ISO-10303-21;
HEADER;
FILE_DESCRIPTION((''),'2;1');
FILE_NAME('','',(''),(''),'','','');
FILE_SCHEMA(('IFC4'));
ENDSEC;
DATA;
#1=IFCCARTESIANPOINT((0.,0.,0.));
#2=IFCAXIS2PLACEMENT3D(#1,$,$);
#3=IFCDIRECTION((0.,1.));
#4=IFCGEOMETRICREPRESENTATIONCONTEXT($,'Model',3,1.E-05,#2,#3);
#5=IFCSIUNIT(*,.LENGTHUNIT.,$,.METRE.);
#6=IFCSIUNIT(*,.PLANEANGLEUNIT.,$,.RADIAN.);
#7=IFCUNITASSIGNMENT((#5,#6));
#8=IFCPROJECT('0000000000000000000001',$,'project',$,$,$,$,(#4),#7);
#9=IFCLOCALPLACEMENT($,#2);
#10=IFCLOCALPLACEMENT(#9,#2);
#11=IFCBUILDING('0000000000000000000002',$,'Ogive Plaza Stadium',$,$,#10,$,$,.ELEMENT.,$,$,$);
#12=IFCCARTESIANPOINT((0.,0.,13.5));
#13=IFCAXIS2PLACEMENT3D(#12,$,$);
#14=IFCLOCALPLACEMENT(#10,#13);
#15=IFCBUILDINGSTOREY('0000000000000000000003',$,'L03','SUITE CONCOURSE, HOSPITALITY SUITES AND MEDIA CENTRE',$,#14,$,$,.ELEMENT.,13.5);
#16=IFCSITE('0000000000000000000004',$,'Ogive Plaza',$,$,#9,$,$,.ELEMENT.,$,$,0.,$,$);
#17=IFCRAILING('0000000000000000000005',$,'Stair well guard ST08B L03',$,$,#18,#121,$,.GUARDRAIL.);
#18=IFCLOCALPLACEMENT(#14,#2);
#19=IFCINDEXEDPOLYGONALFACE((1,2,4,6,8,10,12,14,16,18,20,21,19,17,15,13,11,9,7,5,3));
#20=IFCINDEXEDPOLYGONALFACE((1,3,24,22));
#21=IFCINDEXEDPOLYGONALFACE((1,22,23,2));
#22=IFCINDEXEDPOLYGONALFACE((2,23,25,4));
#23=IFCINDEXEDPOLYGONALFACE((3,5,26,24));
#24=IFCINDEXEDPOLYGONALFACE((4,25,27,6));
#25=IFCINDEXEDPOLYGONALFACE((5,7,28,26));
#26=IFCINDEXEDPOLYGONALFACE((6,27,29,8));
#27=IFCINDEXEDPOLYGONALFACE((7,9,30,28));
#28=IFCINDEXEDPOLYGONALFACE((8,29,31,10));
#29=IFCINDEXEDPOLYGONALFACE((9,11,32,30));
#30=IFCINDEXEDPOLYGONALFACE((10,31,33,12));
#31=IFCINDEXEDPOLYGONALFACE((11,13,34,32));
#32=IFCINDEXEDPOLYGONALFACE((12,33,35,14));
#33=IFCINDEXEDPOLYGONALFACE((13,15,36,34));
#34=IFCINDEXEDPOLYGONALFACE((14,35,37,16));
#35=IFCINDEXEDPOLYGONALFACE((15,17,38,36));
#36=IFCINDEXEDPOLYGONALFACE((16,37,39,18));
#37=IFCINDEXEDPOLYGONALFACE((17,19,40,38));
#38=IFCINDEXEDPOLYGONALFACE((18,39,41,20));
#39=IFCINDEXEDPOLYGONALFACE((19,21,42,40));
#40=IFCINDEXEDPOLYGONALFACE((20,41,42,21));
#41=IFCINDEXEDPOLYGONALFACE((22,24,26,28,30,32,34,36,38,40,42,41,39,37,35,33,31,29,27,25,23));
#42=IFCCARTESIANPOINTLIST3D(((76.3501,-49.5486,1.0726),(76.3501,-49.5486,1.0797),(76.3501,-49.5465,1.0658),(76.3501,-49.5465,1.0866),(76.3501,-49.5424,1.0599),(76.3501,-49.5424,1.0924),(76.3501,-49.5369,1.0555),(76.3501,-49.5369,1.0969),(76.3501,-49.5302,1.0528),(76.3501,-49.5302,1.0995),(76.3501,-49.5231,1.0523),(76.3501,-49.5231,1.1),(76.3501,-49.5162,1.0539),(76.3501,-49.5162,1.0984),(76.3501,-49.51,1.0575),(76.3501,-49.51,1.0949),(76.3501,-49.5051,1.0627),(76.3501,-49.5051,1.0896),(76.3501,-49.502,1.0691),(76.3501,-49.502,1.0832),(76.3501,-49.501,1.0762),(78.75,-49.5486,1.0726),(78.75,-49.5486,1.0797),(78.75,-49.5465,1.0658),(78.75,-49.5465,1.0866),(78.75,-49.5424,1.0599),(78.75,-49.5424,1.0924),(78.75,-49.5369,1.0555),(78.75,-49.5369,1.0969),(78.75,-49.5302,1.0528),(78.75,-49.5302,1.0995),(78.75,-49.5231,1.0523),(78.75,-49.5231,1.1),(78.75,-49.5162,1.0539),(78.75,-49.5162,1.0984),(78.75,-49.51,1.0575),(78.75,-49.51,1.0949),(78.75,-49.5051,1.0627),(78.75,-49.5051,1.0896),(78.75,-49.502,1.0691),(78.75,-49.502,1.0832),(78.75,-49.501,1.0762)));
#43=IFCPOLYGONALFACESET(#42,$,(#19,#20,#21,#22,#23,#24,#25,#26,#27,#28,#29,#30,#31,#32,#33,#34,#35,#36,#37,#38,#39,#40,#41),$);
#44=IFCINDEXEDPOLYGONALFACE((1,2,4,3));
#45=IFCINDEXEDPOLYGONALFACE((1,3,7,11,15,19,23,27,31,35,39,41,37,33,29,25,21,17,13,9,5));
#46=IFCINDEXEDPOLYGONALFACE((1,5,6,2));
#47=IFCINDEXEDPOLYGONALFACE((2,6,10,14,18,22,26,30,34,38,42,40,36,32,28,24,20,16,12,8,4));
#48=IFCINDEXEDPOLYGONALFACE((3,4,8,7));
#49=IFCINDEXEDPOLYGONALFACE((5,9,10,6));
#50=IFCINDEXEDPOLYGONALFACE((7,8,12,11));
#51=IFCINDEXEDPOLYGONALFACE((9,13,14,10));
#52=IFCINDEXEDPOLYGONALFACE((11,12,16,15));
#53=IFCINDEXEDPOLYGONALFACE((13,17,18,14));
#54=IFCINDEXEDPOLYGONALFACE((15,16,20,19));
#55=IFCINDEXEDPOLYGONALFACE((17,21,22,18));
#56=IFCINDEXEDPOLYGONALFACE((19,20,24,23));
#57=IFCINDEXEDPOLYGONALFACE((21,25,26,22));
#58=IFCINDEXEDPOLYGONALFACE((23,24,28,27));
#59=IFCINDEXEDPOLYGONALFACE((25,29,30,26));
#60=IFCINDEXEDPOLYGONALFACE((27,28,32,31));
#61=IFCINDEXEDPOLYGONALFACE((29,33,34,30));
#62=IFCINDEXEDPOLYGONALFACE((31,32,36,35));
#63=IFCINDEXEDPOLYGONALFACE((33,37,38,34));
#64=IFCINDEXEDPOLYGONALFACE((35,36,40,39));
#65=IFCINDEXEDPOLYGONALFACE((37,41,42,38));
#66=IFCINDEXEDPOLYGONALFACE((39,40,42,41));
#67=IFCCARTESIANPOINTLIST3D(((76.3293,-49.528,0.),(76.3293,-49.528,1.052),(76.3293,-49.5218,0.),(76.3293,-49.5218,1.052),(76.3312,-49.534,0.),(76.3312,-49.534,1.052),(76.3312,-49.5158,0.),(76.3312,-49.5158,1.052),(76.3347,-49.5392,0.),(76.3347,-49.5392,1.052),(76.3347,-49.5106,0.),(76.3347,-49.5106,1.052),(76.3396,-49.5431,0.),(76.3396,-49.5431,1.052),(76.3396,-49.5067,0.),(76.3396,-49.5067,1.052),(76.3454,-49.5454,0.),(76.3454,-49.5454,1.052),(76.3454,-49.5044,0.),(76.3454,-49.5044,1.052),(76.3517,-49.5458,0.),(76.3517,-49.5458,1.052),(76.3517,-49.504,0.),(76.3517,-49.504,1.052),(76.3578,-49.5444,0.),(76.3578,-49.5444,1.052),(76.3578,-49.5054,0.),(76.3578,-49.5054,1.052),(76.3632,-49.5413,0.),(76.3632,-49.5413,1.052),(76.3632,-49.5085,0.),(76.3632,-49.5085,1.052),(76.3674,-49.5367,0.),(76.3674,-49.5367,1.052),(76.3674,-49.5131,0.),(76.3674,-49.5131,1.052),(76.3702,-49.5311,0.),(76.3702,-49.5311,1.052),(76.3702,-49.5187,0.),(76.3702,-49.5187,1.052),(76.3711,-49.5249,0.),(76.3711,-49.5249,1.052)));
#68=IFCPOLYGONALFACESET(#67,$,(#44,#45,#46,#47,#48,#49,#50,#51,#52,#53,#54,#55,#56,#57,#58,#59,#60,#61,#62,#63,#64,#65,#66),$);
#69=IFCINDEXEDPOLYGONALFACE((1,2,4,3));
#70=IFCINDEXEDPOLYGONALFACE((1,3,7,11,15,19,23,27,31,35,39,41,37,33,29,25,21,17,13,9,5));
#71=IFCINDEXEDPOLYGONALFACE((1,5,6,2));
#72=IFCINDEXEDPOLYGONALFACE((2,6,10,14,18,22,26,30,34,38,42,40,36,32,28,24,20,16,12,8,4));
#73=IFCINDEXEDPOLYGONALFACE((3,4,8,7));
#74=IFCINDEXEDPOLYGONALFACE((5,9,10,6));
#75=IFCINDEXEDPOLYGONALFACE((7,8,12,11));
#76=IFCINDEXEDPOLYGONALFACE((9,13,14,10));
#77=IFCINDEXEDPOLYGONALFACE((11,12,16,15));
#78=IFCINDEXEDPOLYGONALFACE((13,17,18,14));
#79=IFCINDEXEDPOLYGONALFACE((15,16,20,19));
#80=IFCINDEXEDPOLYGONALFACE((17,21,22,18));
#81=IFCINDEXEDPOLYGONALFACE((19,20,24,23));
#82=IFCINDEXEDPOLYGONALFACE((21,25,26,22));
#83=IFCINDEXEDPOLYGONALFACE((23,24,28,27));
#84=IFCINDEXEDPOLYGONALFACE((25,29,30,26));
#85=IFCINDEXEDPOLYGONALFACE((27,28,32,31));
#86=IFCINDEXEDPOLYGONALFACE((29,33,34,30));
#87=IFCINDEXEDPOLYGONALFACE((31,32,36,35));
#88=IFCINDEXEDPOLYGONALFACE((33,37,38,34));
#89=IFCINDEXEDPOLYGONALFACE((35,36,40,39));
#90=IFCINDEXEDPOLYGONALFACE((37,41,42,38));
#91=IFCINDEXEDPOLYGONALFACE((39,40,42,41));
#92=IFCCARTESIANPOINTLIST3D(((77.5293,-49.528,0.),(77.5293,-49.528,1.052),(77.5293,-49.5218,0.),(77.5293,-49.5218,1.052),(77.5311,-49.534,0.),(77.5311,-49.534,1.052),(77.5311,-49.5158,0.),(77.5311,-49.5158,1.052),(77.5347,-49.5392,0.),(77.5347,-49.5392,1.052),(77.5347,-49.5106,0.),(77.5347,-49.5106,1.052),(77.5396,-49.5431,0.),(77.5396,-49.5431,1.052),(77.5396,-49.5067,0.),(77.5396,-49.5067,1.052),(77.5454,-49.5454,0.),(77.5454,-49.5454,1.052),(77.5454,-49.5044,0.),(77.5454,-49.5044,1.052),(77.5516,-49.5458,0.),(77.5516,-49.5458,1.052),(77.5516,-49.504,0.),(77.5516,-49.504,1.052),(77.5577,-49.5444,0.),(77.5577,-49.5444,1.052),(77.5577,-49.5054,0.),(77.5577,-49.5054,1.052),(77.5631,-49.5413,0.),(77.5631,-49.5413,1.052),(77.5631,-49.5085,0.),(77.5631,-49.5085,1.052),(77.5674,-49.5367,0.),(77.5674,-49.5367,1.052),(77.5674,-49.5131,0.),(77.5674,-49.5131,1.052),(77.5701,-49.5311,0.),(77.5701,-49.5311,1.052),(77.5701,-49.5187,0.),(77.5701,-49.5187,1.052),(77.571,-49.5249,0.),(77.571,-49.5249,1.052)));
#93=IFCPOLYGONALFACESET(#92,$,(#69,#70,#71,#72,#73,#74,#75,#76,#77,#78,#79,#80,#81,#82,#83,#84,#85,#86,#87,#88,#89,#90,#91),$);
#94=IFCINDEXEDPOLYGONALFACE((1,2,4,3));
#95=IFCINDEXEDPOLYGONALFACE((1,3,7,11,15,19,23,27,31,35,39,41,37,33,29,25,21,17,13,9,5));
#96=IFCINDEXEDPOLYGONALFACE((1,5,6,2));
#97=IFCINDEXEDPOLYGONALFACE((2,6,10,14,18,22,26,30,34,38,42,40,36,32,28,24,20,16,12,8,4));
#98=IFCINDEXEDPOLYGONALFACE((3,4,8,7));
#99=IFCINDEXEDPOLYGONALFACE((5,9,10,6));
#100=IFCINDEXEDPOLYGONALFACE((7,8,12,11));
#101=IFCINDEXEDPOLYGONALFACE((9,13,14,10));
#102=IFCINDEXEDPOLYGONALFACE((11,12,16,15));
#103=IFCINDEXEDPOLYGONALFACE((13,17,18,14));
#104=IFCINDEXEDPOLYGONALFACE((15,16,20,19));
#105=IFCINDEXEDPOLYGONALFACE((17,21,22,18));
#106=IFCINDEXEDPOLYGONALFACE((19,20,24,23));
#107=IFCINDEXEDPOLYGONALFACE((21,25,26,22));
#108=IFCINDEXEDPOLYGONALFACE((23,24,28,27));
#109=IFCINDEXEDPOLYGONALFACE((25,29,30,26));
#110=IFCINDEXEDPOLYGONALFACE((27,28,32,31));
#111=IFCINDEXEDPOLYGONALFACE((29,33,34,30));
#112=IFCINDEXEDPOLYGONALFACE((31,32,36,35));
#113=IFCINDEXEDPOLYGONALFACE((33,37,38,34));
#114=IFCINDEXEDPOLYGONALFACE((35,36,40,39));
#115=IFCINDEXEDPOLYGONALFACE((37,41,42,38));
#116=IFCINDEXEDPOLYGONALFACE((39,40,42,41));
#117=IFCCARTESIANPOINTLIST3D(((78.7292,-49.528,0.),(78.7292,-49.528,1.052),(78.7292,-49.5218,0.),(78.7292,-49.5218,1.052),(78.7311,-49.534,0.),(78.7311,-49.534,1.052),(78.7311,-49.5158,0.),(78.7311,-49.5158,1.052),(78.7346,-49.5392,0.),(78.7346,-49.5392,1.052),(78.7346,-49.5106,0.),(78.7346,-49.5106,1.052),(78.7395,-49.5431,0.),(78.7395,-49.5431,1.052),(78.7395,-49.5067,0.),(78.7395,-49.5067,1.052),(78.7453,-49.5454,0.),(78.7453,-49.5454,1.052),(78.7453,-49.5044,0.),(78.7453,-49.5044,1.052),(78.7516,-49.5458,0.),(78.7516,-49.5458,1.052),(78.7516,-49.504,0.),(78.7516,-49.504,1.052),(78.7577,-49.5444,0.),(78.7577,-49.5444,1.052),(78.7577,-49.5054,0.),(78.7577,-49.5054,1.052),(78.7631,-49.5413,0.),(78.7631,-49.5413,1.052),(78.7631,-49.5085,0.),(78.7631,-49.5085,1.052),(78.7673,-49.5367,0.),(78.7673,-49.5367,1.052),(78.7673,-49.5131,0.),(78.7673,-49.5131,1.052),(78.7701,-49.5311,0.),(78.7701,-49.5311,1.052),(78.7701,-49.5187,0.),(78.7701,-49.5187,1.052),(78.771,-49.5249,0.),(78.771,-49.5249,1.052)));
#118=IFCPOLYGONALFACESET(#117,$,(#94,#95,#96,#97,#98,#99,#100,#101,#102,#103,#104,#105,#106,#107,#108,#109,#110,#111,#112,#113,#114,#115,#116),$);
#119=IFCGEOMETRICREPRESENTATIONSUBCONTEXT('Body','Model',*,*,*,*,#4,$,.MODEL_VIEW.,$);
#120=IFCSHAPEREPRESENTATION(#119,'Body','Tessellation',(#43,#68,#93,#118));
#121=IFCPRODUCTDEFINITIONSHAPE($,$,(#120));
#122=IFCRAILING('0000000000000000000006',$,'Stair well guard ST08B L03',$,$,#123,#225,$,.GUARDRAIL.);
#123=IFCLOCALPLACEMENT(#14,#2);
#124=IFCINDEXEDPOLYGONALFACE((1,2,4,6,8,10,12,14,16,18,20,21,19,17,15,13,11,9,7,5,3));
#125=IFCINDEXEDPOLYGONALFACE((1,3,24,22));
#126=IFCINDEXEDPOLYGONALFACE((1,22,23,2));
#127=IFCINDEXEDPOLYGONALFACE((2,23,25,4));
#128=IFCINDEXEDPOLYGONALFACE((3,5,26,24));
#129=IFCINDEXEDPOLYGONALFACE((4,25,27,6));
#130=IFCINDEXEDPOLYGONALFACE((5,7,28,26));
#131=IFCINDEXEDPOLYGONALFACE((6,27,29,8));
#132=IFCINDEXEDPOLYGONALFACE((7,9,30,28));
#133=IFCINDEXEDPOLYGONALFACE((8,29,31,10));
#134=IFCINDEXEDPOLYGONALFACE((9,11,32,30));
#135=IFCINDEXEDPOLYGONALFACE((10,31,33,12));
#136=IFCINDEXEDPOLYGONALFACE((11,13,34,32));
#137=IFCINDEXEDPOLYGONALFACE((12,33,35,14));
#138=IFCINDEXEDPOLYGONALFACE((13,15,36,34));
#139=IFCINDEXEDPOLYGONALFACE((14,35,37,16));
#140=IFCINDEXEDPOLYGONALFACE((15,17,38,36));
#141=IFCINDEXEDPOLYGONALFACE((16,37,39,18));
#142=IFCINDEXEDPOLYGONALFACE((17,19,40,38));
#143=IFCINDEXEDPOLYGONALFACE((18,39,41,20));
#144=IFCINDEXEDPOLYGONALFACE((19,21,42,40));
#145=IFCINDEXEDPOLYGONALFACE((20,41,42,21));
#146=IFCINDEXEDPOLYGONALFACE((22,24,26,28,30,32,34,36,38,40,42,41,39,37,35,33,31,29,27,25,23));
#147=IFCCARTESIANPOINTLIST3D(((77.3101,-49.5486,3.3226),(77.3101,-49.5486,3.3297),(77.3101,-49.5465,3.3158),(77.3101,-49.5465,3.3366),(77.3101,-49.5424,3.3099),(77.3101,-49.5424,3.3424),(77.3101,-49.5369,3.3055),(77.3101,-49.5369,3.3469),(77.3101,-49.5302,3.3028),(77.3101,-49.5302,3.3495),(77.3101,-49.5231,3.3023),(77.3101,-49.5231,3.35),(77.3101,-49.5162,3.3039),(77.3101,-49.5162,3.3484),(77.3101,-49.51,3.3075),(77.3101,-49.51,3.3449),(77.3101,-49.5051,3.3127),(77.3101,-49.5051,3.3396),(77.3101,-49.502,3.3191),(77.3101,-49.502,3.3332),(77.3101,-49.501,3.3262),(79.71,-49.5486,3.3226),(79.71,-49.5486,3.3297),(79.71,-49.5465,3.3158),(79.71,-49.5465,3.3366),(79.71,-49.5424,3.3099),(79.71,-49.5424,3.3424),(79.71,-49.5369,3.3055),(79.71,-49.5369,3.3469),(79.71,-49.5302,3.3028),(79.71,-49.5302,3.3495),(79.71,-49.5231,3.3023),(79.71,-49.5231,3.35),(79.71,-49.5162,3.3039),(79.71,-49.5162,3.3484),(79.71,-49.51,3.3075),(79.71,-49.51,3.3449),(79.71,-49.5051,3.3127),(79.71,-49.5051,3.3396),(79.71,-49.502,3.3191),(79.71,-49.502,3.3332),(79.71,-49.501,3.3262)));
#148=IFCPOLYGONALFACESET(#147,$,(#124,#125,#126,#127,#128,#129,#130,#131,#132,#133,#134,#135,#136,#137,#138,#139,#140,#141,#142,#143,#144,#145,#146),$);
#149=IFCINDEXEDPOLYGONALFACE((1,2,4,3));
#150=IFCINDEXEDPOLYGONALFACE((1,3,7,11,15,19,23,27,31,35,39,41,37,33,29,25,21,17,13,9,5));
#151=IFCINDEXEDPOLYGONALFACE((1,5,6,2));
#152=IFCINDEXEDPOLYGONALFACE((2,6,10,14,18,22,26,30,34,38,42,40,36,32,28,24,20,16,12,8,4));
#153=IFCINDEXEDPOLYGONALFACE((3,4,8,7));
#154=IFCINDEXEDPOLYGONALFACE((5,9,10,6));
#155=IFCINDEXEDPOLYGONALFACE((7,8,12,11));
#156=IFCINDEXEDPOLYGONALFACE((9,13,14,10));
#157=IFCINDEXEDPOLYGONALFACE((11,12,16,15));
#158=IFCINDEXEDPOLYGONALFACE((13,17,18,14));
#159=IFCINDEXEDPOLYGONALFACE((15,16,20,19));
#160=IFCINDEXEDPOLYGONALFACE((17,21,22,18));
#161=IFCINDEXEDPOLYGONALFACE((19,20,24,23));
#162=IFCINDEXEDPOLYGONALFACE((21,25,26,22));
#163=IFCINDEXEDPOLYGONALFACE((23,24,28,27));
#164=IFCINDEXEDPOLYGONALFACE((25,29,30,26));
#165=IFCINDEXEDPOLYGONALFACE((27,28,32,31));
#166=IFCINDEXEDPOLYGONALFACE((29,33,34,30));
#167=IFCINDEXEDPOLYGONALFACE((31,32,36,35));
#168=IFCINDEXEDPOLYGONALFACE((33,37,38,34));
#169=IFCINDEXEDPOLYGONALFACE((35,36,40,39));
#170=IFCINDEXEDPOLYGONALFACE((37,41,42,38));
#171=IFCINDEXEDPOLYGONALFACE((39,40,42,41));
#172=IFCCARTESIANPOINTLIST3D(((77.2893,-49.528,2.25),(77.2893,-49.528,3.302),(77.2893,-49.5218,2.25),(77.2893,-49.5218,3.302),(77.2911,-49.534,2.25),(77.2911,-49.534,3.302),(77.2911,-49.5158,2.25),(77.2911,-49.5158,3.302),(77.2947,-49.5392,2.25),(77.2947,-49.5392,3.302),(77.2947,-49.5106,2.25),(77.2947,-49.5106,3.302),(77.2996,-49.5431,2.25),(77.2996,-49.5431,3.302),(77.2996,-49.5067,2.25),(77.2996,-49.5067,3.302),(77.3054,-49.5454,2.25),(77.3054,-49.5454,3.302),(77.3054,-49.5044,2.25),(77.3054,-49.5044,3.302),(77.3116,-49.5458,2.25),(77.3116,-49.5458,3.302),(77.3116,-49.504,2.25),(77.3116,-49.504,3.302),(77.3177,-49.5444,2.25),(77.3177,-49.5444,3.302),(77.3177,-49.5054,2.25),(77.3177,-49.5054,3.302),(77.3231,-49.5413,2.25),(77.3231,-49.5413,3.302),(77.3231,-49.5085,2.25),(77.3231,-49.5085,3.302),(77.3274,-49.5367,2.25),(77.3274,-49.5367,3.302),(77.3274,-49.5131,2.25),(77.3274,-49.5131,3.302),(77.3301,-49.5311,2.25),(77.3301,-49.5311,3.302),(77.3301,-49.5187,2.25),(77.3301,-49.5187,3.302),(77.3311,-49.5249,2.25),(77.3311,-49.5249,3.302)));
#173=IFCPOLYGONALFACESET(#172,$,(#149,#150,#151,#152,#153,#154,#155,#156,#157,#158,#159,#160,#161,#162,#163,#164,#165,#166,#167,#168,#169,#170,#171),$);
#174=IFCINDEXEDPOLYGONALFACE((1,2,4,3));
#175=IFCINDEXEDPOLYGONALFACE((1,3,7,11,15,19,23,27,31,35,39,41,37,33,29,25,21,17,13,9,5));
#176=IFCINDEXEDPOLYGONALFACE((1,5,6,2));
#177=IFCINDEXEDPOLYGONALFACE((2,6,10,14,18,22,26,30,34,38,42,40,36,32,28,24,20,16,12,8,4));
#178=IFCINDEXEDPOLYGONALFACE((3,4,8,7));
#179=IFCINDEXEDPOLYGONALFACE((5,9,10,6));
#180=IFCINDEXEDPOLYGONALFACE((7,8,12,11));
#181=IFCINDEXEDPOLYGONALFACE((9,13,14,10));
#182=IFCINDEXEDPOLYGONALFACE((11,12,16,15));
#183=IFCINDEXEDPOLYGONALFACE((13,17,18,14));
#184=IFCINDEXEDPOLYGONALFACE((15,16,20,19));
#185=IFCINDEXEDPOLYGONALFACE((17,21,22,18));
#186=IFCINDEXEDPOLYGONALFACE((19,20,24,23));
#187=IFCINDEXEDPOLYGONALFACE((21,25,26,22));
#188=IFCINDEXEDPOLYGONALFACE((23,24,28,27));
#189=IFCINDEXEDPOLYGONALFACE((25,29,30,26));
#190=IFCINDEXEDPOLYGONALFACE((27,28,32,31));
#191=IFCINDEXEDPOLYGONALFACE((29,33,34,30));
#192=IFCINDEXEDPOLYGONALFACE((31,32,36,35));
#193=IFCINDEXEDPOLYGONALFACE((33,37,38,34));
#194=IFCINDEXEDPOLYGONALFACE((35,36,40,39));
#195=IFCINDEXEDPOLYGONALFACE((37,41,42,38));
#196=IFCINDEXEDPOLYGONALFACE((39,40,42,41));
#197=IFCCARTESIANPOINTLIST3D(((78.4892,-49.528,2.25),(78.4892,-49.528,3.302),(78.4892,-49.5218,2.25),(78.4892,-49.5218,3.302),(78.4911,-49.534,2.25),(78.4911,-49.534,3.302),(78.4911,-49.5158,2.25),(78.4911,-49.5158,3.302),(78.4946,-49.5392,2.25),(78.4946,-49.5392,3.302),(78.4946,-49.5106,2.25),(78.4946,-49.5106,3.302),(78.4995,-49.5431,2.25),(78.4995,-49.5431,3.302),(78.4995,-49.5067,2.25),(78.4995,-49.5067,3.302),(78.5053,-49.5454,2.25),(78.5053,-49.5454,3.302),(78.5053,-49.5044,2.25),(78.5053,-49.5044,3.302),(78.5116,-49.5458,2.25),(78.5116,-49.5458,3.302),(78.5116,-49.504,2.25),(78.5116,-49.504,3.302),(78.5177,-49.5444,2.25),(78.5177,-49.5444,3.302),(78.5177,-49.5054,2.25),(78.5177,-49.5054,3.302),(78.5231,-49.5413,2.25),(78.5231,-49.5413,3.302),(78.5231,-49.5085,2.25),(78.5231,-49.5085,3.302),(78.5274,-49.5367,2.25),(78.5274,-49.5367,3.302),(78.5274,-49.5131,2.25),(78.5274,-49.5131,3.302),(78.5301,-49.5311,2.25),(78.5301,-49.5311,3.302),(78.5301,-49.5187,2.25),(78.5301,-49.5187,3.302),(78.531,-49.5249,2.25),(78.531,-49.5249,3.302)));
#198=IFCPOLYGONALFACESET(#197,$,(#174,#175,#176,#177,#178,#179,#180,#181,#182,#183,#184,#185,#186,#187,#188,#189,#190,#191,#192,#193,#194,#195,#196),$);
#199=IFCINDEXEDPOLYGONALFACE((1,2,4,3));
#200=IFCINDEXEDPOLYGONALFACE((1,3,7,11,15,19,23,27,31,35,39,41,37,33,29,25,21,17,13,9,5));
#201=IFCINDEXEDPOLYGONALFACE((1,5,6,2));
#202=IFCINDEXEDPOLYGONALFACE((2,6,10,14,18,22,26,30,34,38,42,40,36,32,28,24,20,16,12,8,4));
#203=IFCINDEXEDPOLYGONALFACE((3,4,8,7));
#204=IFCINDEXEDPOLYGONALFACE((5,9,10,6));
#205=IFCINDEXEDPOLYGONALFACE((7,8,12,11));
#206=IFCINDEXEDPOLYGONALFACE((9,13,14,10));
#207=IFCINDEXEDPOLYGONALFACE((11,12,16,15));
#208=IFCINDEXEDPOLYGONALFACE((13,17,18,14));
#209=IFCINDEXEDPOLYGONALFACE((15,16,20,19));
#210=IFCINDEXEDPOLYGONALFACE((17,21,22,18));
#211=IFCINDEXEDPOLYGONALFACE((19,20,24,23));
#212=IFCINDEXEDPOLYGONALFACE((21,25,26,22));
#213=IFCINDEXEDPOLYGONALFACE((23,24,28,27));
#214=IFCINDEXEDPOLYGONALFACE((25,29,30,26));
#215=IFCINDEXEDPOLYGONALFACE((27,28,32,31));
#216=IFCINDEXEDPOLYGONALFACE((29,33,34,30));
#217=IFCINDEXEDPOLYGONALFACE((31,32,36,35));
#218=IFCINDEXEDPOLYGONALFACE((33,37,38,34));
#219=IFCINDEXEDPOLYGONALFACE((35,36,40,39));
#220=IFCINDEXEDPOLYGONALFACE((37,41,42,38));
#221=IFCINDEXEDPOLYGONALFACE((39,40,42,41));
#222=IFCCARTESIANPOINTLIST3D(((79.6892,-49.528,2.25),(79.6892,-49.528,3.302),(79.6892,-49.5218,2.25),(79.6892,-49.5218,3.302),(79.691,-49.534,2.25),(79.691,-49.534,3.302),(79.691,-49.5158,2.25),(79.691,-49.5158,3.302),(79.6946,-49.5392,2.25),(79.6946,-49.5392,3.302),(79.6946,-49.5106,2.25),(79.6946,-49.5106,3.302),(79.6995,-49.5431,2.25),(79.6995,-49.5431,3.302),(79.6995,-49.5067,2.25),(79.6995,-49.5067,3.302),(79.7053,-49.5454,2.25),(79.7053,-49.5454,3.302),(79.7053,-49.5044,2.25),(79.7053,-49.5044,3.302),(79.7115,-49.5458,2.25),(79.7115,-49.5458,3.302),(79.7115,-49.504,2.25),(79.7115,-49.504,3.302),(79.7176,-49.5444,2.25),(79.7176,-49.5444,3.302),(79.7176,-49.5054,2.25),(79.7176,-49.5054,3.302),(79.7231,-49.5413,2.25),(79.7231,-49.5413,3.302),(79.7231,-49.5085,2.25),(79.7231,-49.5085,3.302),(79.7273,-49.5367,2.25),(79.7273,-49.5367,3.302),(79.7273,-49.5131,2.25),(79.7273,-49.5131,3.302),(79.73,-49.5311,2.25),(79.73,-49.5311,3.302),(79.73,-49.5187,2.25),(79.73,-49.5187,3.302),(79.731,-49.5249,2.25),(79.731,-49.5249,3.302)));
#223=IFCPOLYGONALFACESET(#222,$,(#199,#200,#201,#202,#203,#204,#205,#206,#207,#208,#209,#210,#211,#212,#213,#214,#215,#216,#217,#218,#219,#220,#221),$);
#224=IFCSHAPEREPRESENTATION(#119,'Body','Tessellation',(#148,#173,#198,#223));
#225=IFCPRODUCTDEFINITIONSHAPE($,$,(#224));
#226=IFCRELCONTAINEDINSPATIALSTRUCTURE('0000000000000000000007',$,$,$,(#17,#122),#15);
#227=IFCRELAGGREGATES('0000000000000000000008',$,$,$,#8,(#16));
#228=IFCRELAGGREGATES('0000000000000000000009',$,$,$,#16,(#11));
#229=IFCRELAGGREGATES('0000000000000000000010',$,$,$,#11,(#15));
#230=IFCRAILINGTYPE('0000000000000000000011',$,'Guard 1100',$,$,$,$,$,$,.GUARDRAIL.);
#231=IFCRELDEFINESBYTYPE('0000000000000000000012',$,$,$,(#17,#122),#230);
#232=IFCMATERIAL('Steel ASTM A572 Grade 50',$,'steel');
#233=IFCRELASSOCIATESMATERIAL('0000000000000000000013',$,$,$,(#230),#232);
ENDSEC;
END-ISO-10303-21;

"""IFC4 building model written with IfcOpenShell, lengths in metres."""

from ifc_helpers import new_model, si_unit, direction, frame, origin, origin_2d, place, context, subcontext, project, spatial, circle, extrude, material, type_object, element, save


model = new_model("IFC4")

# Units and contexts
model_context = context("Model", 3, precision=1e-05, world=origin(), true_north=direction((0.0, 1.0)))
body_context = subcontext(model_context, "Body", "Model", "MODEL_VIEW")
ifc_project = project(units=[si_unit("LENGTHUNIT", "METRE"), si_unit("PLANEANGLEUNIT", "RADIAN")], contexts=[model_context])

# Site, building, storey
site_placement = place(None, origin())
site = spatial("IfcSite", under=ifc_project, at=site_placement, Name="Ogive Plaza", CompositionType="ELEMENT", RefElevation=0.0)
building_placement = place(site_placement, origin())
building = spatial("IfcBuilding", under=site, at=building_placement, Name="Ogive Plaza Stadium", CompositionType="ELEMENT")
storey_placement = place(building_placement, frame((0.0, 0.0, 13.5)))
storey = spatial("IfcBuildingStorey", under=building, at=storey_placement, Name="L03", Description="SUITE CONCOURSE, HOSPITALITY SUITES AND MEDIA CENTRE", CompositionType="ELEMENT", Elevation=13.5)

# Railings
ifc_material_1 = material(Name="Steel ASTM A572 Grade 50", Category="steel")
railing_type_1 = type_object("IfcRailingType", Name="Guard 1100", PredefinedType="GUARDRAIL", material=ifc_material_1)
for number, where, name in (
    (1, (76.3501, -49.5249, 0.0), "Stair well guard ST08B L03"),
    (2, (77.3101, -49.5249, 2.25), "Stair well guard ST08B L03"),
):
    element("IfcRailing", number, at=place(storey_placement, frame(where)), inside=storey, type_object=railing_type_1, Name=name, PredefinedType="GUARDRAIL", context=body_context, shape_type="SweptSolid", body=[
        extrude(circle(Radius=0.0239, at=origin_2d()), frame((0.0, 0.0, 1.0762), z_axis=(1.0, 0.0, 0.0), x_axis=(0.0, 1.0, 0.0)), (0.0, 0.0, 1.0), 2.3999),
        extrude(circle(Radius=0.021, at=origin_2d()), origin(), (0.0, 0.0, 1.0), 1.052),
        extrude(circle(Radius=0.021, at=origin_2d()), frame((1.2, 0.0, 0.0)), (0.0, 0.0, 1.0), 1.052),
        extrude(circle(Radius=0.021, at=origin_2d()), frame((2.3999, 0.0, 0.0)), (0.0, 0.0, 1.0), 1.052),
    ])

save(model, "model.ifc")
